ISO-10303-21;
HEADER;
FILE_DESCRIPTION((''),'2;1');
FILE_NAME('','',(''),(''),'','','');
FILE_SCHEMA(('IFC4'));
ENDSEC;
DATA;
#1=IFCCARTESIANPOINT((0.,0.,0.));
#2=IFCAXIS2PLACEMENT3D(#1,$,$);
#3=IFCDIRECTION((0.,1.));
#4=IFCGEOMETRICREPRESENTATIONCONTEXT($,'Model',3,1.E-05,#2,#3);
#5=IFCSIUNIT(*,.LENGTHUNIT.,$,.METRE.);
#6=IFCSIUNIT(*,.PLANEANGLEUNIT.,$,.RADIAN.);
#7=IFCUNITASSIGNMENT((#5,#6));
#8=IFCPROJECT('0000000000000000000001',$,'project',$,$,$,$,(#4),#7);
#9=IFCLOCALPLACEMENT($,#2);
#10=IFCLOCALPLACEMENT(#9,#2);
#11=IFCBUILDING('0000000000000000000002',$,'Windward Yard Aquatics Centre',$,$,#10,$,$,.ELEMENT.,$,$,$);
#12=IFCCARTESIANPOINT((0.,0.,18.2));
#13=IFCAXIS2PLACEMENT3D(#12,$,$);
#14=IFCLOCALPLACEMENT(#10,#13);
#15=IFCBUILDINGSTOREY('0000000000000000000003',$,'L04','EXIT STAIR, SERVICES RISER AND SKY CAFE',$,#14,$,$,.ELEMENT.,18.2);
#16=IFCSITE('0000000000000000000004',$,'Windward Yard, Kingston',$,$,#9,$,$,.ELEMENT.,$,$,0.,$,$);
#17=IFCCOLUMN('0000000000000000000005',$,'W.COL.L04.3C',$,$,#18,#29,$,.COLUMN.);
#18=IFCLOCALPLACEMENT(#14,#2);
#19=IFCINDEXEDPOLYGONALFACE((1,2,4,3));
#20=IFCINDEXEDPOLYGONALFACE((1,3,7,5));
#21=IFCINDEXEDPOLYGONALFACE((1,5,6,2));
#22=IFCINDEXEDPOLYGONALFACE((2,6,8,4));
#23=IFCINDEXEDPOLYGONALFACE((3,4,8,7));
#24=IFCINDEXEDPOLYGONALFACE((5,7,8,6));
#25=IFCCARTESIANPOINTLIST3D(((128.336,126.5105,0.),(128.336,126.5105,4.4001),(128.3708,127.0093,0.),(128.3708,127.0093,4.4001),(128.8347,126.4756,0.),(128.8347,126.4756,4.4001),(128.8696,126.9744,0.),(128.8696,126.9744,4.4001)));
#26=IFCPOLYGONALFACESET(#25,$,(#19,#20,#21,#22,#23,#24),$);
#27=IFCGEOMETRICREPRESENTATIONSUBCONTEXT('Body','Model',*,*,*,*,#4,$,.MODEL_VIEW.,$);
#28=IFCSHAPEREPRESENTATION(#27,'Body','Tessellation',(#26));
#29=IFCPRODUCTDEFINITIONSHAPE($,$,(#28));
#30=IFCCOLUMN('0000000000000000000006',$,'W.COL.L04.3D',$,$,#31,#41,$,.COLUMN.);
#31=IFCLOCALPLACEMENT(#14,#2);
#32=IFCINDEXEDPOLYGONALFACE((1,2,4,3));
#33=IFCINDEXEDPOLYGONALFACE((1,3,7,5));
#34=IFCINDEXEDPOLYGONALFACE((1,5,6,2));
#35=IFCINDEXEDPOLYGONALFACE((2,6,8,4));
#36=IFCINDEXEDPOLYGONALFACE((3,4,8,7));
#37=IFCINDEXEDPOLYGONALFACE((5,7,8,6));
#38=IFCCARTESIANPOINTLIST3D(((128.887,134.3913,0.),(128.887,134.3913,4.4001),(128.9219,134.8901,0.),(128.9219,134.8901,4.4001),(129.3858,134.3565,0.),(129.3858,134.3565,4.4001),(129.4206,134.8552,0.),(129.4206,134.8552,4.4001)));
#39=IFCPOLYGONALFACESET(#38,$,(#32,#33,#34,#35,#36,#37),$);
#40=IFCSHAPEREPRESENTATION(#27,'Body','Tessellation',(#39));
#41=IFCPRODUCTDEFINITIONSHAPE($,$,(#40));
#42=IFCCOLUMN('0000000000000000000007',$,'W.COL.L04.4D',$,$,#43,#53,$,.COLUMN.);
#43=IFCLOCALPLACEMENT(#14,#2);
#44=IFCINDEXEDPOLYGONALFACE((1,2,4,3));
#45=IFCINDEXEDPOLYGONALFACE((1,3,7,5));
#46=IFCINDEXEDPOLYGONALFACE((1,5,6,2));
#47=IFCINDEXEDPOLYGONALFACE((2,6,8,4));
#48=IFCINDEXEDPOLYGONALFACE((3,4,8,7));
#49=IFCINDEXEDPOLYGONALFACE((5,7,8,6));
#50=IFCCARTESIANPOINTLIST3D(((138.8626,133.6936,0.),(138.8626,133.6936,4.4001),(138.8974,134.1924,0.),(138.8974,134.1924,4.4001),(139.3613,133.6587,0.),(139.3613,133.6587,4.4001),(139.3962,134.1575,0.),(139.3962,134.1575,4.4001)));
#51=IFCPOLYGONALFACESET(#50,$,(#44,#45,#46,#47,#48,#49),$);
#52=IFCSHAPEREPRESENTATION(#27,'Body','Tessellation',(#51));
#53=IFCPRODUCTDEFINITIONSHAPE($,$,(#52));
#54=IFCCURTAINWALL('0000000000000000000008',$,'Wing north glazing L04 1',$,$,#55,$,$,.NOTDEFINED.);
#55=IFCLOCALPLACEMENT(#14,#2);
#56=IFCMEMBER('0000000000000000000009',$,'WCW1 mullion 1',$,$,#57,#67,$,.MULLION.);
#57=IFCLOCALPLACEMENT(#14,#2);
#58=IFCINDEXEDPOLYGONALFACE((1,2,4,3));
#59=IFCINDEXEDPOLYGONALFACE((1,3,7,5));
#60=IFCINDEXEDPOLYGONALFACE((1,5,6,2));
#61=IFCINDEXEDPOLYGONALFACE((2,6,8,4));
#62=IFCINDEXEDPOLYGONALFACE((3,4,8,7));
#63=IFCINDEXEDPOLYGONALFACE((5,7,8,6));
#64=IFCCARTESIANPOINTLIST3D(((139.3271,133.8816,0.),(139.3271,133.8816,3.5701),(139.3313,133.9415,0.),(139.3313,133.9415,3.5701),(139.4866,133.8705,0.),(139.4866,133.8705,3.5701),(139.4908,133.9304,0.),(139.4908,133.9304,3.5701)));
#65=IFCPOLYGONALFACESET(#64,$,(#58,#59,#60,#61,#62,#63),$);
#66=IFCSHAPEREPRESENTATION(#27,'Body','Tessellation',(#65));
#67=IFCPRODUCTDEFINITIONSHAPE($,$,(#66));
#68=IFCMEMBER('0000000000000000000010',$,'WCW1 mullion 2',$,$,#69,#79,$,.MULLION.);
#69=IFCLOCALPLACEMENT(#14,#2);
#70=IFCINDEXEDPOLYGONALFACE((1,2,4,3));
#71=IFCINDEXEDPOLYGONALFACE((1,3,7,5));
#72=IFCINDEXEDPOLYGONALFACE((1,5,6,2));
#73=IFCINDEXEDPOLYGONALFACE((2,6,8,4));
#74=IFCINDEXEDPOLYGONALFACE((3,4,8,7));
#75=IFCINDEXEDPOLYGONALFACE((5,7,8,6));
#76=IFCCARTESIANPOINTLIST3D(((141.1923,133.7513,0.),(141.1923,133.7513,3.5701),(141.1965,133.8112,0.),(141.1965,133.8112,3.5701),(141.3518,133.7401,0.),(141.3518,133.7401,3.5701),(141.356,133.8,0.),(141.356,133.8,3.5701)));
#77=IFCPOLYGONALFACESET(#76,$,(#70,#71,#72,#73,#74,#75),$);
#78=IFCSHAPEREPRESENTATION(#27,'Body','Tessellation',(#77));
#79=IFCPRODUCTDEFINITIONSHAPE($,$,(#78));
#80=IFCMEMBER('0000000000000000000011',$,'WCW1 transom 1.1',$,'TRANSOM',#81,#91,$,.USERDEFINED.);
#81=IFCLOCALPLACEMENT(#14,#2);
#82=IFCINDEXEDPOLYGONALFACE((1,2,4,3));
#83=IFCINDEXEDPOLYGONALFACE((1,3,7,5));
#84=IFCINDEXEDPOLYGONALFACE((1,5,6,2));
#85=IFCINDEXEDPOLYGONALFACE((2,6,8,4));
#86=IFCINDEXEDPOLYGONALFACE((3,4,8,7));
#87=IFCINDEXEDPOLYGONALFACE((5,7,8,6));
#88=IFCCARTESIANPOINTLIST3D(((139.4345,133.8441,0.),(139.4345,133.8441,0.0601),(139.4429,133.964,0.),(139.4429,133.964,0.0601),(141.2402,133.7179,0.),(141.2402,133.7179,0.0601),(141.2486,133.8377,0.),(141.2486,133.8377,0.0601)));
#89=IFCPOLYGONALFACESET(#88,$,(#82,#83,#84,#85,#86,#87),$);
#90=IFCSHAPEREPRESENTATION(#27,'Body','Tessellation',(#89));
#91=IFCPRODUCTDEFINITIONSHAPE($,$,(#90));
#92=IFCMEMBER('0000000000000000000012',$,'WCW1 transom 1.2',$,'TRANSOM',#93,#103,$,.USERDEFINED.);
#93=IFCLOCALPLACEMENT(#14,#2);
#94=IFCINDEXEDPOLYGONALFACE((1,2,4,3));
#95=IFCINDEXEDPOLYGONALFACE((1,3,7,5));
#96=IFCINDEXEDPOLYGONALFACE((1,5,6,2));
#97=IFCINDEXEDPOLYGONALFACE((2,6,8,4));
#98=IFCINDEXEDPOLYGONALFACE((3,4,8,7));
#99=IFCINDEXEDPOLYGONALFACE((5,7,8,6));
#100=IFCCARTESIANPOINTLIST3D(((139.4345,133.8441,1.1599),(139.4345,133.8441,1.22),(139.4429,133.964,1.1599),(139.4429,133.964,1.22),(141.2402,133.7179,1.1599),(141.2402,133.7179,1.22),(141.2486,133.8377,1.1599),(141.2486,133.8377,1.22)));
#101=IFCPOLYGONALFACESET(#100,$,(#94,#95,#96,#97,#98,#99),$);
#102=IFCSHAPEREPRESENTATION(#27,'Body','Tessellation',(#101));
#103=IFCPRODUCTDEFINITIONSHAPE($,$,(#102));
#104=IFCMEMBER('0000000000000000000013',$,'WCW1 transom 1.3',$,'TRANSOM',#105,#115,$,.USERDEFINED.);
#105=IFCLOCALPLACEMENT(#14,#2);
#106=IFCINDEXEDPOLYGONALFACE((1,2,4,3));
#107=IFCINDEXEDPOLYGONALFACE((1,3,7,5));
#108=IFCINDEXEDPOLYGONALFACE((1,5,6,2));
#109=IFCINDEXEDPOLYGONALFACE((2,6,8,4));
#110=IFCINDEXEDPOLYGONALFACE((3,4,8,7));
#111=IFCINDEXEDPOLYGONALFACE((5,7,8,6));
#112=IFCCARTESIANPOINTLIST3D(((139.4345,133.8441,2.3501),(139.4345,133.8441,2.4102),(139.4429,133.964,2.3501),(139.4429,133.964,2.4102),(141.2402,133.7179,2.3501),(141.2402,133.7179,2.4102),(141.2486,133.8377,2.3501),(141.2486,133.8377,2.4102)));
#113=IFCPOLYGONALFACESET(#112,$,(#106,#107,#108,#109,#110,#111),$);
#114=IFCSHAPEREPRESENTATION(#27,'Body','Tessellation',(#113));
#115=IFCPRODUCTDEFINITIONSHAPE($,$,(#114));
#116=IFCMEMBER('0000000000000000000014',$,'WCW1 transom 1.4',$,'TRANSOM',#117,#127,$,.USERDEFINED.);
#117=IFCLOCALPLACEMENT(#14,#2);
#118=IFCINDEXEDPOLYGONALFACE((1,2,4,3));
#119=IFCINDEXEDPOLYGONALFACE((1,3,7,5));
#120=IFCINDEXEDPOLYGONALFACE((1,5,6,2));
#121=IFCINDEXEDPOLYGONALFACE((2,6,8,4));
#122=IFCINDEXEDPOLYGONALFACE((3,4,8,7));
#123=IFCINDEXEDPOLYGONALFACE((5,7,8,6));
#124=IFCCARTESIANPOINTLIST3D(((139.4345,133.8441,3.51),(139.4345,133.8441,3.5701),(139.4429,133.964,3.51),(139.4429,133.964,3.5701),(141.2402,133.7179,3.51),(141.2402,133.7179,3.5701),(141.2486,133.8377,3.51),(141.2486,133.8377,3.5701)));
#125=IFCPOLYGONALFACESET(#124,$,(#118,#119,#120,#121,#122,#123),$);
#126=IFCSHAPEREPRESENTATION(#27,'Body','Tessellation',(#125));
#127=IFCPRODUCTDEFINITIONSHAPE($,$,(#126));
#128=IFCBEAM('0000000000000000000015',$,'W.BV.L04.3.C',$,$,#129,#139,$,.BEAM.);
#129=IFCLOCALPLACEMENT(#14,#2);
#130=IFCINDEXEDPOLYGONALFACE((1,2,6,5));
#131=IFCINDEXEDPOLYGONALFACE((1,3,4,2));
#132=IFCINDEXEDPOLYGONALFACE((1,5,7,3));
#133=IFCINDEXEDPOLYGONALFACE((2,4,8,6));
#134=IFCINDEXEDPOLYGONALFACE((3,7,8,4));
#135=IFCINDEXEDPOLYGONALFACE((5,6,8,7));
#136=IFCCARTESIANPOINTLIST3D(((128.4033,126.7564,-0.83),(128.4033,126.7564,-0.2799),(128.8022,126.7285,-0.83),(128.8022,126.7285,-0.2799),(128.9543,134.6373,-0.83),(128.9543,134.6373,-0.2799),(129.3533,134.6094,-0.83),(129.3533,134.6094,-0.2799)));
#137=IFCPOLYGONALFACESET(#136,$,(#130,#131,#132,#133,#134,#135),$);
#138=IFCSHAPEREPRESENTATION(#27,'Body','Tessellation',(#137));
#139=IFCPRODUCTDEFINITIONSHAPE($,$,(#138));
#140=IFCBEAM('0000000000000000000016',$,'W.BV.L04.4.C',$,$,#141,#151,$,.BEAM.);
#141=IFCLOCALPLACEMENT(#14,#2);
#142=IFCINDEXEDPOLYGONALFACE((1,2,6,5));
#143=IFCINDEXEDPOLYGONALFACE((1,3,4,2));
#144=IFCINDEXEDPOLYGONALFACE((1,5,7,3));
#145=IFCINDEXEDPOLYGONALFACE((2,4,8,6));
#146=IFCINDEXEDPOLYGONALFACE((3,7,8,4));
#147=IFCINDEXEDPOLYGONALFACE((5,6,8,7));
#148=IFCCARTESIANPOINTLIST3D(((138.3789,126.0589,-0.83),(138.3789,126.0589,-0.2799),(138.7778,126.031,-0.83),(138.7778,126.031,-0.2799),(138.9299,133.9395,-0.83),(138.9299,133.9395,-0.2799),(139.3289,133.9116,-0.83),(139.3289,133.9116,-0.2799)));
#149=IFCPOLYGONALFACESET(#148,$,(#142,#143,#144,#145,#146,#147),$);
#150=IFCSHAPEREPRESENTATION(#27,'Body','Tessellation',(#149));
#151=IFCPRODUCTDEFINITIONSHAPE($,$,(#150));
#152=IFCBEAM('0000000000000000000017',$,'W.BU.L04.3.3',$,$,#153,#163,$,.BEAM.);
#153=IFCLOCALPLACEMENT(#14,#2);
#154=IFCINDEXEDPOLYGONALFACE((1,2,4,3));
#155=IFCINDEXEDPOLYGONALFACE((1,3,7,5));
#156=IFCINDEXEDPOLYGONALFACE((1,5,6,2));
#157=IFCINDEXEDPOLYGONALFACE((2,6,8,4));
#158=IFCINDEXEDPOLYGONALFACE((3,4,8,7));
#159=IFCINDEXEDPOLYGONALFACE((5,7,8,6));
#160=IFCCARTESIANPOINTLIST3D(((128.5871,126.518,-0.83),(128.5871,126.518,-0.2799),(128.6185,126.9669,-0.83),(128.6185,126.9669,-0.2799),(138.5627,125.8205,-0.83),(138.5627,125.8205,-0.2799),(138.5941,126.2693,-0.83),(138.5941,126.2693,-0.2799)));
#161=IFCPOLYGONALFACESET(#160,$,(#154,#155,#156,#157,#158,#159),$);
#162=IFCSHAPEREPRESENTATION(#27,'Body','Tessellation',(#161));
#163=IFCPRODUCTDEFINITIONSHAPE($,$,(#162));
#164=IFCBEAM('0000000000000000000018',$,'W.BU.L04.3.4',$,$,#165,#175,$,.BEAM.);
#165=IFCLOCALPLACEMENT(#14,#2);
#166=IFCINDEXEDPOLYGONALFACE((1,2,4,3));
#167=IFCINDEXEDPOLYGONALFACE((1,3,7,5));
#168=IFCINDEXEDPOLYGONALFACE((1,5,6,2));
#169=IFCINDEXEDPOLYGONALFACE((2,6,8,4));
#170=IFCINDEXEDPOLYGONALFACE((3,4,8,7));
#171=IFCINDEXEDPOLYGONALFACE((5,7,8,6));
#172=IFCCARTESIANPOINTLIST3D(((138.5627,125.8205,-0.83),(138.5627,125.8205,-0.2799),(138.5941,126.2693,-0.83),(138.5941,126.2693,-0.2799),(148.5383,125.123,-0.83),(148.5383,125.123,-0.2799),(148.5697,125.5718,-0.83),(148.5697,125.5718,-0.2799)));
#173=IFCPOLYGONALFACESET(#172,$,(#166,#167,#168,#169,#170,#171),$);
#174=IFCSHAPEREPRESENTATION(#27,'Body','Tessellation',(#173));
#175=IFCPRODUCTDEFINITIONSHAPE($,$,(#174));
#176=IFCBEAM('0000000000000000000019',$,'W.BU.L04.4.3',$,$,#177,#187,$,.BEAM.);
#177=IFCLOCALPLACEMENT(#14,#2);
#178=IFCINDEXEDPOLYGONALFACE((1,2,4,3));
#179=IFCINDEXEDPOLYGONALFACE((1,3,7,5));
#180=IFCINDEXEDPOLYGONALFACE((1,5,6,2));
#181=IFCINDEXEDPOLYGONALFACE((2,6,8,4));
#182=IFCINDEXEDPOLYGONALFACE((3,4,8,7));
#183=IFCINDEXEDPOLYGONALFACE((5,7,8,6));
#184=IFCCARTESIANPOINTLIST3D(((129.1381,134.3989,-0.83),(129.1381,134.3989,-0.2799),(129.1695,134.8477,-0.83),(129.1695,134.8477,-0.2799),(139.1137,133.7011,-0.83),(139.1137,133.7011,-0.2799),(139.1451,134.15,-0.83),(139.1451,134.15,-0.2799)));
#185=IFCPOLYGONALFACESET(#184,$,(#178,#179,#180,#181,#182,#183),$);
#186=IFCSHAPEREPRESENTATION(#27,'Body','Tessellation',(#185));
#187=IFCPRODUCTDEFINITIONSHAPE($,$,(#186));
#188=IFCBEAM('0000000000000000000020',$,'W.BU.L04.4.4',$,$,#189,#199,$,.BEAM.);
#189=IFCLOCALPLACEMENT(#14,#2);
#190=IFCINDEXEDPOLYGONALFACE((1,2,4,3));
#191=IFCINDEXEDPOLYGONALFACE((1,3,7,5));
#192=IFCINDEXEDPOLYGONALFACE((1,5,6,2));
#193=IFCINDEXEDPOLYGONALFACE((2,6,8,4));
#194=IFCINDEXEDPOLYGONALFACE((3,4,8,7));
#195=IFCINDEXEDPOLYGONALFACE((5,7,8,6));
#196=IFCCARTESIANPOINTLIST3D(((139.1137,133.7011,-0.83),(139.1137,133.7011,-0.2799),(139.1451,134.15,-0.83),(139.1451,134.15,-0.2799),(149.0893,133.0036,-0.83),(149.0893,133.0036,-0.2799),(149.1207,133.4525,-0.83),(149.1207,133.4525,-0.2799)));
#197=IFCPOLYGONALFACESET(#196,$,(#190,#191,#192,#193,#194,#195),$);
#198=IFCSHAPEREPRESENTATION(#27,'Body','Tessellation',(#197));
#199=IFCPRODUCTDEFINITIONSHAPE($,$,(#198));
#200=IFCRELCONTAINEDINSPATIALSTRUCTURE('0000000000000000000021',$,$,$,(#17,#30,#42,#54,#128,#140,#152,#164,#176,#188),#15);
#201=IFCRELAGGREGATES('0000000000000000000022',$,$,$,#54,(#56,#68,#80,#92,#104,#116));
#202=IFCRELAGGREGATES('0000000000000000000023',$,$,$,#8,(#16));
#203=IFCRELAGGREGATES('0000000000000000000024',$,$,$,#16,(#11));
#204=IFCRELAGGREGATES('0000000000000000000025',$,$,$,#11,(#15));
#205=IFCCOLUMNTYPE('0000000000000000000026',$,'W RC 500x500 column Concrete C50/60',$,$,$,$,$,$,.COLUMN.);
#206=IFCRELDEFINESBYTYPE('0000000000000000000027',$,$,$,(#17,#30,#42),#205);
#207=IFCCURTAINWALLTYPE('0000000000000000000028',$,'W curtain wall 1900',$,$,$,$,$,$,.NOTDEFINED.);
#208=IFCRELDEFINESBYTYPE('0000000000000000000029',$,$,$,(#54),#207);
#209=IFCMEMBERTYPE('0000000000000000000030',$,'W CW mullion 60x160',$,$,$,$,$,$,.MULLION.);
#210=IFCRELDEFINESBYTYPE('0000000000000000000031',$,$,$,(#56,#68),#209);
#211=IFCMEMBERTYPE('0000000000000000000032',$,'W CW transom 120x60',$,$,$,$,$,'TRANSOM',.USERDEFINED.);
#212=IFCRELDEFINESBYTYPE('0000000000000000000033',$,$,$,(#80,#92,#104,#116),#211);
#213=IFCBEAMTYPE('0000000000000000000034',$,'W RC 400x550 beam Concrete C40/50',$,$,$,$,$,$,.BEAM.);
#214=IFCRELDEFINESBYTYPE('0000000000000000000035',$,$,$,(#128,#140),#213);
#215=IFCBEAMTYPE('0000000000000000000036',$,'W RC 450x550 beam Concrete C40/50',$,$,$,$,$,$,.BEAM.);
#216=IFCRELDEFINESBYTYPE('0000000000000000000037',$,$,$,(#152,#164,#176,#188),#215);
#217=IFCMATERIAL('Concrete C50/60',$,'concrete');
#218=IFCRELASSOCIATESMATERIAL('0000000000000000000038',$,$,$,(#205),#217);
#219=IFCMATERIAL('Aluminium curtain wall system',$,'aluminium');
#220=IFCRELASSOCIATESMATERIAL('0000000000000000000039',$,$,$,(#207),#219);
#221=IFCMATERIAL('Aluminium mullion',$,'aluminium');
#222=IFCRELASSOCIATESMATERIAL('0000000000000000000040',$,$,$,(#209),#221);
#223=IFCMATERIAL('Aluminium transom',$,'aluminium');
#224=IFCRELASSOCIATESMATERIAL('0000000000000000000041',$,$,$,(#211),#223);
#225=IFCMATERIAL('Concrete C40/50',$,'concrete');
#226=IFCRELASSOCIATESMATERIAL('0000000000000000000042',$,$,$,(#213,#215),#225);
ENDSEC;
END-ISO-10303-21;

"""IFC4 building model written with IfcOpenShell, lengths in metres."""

from ifc_helpers import new_model, si_unit, direction, frame, origin, origin_2d, place, context, subcontext, project, spatial, rectangle, extrude, material, material_profile, profile_set, type_object, element, aggregate, save


model = new_model("IFC4")

# Units and contexts
model_context = context("Model", 3, precision=1e-05, world=origin(), true_north=direction((0.0, 1.0)))
body_context = subcontext(model_context, "Body", "Model", "MODEL_VIEW")
ifc_project = project(units=[si_unit("LENGTHUNIT", "METRE"), si_unit("PLANEANGLEUNIT", "RADIAN")], contexts=[model_context])

# Site, building, storey
site_placement = place(None, origin())
site = spatial("IfcSite", under=ifc_project, at=site_placement, Name="Windward Yard, Kingston", CompositionType="ELEMENT", RefElevation=0.0)
building_placement = place(site_placement, origin())
building = spatial("IfcBuilding", under=site, at=building_placement, Name="Windward Yard Aquatics Centre", CompositionType="ELEMENT")
storey_placement = place(building_placement, frame((0.0, 0.0, 18.2)))
storey = spatial("IfcBuildingStorey", under=building, at=storey_placement, Name="L04", Description="EXIT STAIR, SERVICES RISER AND SKY CAFE", CompositionType="ELEMENT", Elevation=18.2)

# Columns
ifc_material_1 = material(Name="Concrete C50/60", Category="concrete")
ifc_material_profile_1 = material_profile(ifc_material_1, rectangle(XDim=0.5, YDim=0.5, at=origin_2d()), Name="RC 500x500")
ifc_profile_set_1 = profile_set([ifc_material_profile_1], Name="Concrete C50/60")
column_type = type_object("IfcColumnType", Name="W RC 500x500 column Concrete C50/60", PredefinedType="COLUMN", material=ifc_profile_set_1)
for number, where, z_axis, x_axis, name in (
    (1, (128.6028, 126.7424, 0.0), (0.0, 0.0, 1.0), (0.997564, -0.069756, 0.0), "W.COL.L04.3C"),
    (2, (129.1538, 134.6233, 0.0), (0.0, 0.0, 1.0), (0.997564, -0.069756, 0.0), "W.COL.L04.3D"),
    (3, (139.1294, 133.9255, 0.0), (0.0, 0.0, 1.0), (0.997564, -0.069756, 0.0), "W.COL.L04.4D"),
):
    element("IfcColumn", number, at=place(storey_placement, frame(where, z_axis=z_axis, x_axis=x_axis)), inside=storey, type_object=column_type, Name=name, PredefinedType="COLUMN", context=body_context, shape_type="SweptSolid", body=[
        extrude(rectangle(XDim=0.5, YDim=0.5, at=origin_2d()), origin(), (0.0, 0.0, 1.0), 4.4001),
    ])

# Curtain wall, members
ifc_material_2 = material(Name="Aluminium curtain wall system", Category="aluminium")
curtain_wall_type = type_object("IfcCurtainWallType", Name="W curtain wall 1900", PredefinedType="NOTDEFINED", material=ifc_material_2)
curtain_wall_placement = place(storey_placement, origin())
curtain_wall = element("IfcCurtainWall", 4, at=curtain_wall_placement, inside=storey, type_object=curtain_wall_type, Name="Wing north glazing L04 1", PredefinedType="NOTDEFINED")
ifc_material_3 = material(Name="Aluminium mullion", Category="aluminium")
ifc_material_profile_2 = material_profile(ifc_material_3, rectangle(XDim=0.0601, YDim=0.1599, at=origin_2d()), Name="AL 60x160")
ifc_profile_set_2 = profile_set([ifc_material_profile_2], Name="Aluminium mullion")
member_type_1 = type_object("IfcMemberType", Name="W CW mullion 60x160", PredefinedType="MULLION", material=ifc_profile_set_2)
member_1_placement = place(storey_placement, frame((139.4089, 133.906, 0.0), z_axis=(0.0, 0.0, 1.0), x_axis=(0.069758, 0.997564, 0.0)))
member_1 = element("IfcMember", 5, at=member_1_placement, type_object=member_type_1, Name="WCW1 mullion 1", PredefinedType="MULLION", context=body_context, shape_type="SweptSolid", body=[
    extrude(rectangle(XDim=0.0601, YDim=0.1599, at=origin_2d()), origin(), (0.0, 0.0, 1.0), 3.5701),
])
member_2_placement = place(storey_placement, frame((141.2742, 133.7756, 0.0), z_axis=(0.0, 0.0, 1.0), x_axis=(0.069758, 0.997564, 0.0)))
member_2 = element("IfcMember", 6, at=member_2_placement, type_object=member_type_1, Name="WCW1 mullion 2", PredefinedType="MULLION", context=body_context, shape_type="SweptSolid", body=[
    extrude(rectangle(XDim=0.0601, YDim=0.1599, at=origin_2d()), origin(), (0.0, 0.0, 1.0), 3.5701),
])
ifc_material_4 = material(Name="Aluminium transom", Category="aluminium")
ifc_material_profile_3 = material_profile(ifc_material_4, rectangle(XDim=0.1201, YDim=0.0601, at=origin_2d()), Name="AL 120x60")
ifc_profile_set_3 = profile_set([ifc_material_profile_3], Name="Aluminium transom")
member_type_2 = type_object("IfcMemberType", Name="W CW transom 120x60", ElementType="TRANSOM", PredefinedType="USERDEFINED", material=ifc_profile_set_3)
member_3_placement = place(storey_placement, frame((139.4387, 133.9041, 0.03), z_axis=(0.997566, -0.069732, 0.0), x_axis=(0.069732, 0.997566, 0.0)))
member_3 = element("IfcMember", 7, at=member_3_placement, type_object=member_type_2, Name="WCW1 transom 1.1", ObjectType="TRANSOM", PredefinedType="USERDEFINED", context=body_context, shape_type="SweptSolid", body=[
    extrude(rectangle(XDim=0.1201, YDim=0.0601, at=origin_2d()), origin(), (0.0, 0.0, 1.0), 1.8101),
])
member_4_placement = place(storey_placement, frame((139.4387, 133.9041, 1.1899), z_axis=(0.997566, -0.069732, 0.0), x_axis=(0.069732, 0.997566, 0.0)))
member_4 = element("IfcMember", 8, at=member_4_placement, type_object=member_type_2, Name="WCW1 transom 1.2", ObjectType="TRANSOM", PredefinedType="USERDEFINED", context=body_context, shape_type="SweptSolid", body=[
    extrude(rectangle(XDim=0.1201, YDim=0.0601, at=origin_2d()), origin(), (0.0, 0.0, 1.0), 1.8101),
])
member_5_placement = place(storey_placement, frame((139.4387, 133.9041, 2.3801), z_axis=(0.997566, -0.069732, 0.0), x_axis=(0.069732, 0.997566, 0.0)))
member_5 = element("IfcMember", 9, at=member_5_placement, type_object=member_type_2, Name="WCW1 transom 1.3", ObjectType="TRANSOM", PredefinedType="USERDEFINED", context=body_context, shape_type="SweptSolid", body=[
    extrude(rectangle(XDim=0.1201, YDim=0.0601, at=origin_2d()), origin(), (0.0, 0.0, 1.0), 1.8101),
])
member_6_placement = place(storey_placement, frame((139.4387, 133.9041, 3.54), z_axis=(0.997566, -0.069732, 0.0), x_axis=(0.069732, 0.997566, 0.0)))
member_6 = element("IfcMember", 10, at=member_6_placement, type_object=member_type_2, Name="WCW1 transom 1.4", ObjectType="TRANSOM", PredefinedType="USERDEFINED", context=body_context, shape_type="SweptSolid", body=[
    extrude(rectangle(XDim=0.1201, YDim=0.0601, at=origin_2d()), origin(), (0.0, 0.0, 1.0), 1.8101),
])

# Beams
ifc_material_5 = material(Name="Concrete C40/50", Category="concrete")
ifc_material_profile_4 = material_profile(ifc_material_5, rectangle(XDim=0.3999, YDim=0.55, at=origin_2d()), Name="RC 400x550")
ifc_profile_set_4 = profile_set([ifc_material_profile_4], Name="Concrete C40/50")
beam_type_1 = type_object("IfcBeamType", Name="W RC 400x550 beam Concrete C40/50", PredefinedType="BEAM", material=ifc_profile_set_4)
beam_1_placement = place(storey_placement, frame((128.6028, 126.7424, -0.5549), z_axis=(0.069749, 0.997565, 0.0), x_axis=(-0.997565, 0.069749, 0.0)))
element("IfcBeam", 11, at=beam_1_placement, inside=storey, type_object=beam_type_1, Name="W.BV.L04.3.C", PredefinedType="BEAM", context=body_context, shape_type="SweptSolid", body=[
    extrude(rectangle(XDim=0.3999, YDim=0.55, at=origin_2d()), origin(), (0.0, 0.0, 1.0), 7.9001),
])
beam_2_placement = place(storey_placement, frame((138.5784, 126.0449, -0.5549), z_axis=(0.069751, 0.997564, 0.0), x_axis=(-0.997564, 0.069751, 0.0)))
element("IfcBeam", 12, at=beam_2_placement, inside=storey, type_object=beam_type_1, Name="W.BV.L04.4.C", PredefinedType="BEAM", context=body_context, shape_type="SweptSolid", body=[
    extrude(rectangle(XDim=0.3999, YDim=0.55, at=origin_2d()), origin(), (0.0, 0.0, 1.0), 7.8999),
])
ifc_material_profile_5 = material_profile(ifc_material_5, rectangle(XDim=0.45, YDim=0.55, at=origin_2d()), Name="RC 450x550")
ifc_profile_set_5 = profile_set([ifc_material_profile_5], Name="Concrete C40/50")
beam_type_2 = type_object("IfcBeamType", Name="W RC 450x550 beam Concrete C40/50", PredefinedType="BEAM", material=ifc_profile_set_5)
for number, where, z_axis, x_axis, name in (
    (13, (128.6028, 126.7424, -0.5549), (0.997564, -0.069751, 0.0), (0.069751, 0.997564, 0.0), "W.BU.L04.3.3"),
    (14, (138.5784, 126.0449, -0.5549), (0.997564, -0.069751, 0.0), (0.069751, 0.997564, 0.0), "W.BU.L04.3.4"),
    (15, (129.1538, 134.6233, -0.5549), (0.997563, -0.069776, 0.0), (0.069776, 0.997563, 0.0), "W.BU.L04.4.3"),
    (16, (139.1294, 133.9255, -0.5549), (0.997564, -0.069751, 0.0), (0.069751, 0.997564, 0.0), "W.BU.L04.4.4"),
):
    element("IfcBeam", number, at=place(storey_placement, frame(where, z_axis=z_axis, x_axis=x_axis)), inside=storey, type_object=beam_type_2, Name=name, PredefinedType="BEAM", context=body_context, shape_type="SweptSolid", body=[
        extrude(rectangle(XDim=0.45, YDim=0.55, at=origin_2d()), origin(), (0.0, 0.0, 1.0), 10.0),
    ])

aggregate(curtain_wall, [member_1, member_2, member_3, member_4, member_5, member_6])

save(model, "model.ifc")
